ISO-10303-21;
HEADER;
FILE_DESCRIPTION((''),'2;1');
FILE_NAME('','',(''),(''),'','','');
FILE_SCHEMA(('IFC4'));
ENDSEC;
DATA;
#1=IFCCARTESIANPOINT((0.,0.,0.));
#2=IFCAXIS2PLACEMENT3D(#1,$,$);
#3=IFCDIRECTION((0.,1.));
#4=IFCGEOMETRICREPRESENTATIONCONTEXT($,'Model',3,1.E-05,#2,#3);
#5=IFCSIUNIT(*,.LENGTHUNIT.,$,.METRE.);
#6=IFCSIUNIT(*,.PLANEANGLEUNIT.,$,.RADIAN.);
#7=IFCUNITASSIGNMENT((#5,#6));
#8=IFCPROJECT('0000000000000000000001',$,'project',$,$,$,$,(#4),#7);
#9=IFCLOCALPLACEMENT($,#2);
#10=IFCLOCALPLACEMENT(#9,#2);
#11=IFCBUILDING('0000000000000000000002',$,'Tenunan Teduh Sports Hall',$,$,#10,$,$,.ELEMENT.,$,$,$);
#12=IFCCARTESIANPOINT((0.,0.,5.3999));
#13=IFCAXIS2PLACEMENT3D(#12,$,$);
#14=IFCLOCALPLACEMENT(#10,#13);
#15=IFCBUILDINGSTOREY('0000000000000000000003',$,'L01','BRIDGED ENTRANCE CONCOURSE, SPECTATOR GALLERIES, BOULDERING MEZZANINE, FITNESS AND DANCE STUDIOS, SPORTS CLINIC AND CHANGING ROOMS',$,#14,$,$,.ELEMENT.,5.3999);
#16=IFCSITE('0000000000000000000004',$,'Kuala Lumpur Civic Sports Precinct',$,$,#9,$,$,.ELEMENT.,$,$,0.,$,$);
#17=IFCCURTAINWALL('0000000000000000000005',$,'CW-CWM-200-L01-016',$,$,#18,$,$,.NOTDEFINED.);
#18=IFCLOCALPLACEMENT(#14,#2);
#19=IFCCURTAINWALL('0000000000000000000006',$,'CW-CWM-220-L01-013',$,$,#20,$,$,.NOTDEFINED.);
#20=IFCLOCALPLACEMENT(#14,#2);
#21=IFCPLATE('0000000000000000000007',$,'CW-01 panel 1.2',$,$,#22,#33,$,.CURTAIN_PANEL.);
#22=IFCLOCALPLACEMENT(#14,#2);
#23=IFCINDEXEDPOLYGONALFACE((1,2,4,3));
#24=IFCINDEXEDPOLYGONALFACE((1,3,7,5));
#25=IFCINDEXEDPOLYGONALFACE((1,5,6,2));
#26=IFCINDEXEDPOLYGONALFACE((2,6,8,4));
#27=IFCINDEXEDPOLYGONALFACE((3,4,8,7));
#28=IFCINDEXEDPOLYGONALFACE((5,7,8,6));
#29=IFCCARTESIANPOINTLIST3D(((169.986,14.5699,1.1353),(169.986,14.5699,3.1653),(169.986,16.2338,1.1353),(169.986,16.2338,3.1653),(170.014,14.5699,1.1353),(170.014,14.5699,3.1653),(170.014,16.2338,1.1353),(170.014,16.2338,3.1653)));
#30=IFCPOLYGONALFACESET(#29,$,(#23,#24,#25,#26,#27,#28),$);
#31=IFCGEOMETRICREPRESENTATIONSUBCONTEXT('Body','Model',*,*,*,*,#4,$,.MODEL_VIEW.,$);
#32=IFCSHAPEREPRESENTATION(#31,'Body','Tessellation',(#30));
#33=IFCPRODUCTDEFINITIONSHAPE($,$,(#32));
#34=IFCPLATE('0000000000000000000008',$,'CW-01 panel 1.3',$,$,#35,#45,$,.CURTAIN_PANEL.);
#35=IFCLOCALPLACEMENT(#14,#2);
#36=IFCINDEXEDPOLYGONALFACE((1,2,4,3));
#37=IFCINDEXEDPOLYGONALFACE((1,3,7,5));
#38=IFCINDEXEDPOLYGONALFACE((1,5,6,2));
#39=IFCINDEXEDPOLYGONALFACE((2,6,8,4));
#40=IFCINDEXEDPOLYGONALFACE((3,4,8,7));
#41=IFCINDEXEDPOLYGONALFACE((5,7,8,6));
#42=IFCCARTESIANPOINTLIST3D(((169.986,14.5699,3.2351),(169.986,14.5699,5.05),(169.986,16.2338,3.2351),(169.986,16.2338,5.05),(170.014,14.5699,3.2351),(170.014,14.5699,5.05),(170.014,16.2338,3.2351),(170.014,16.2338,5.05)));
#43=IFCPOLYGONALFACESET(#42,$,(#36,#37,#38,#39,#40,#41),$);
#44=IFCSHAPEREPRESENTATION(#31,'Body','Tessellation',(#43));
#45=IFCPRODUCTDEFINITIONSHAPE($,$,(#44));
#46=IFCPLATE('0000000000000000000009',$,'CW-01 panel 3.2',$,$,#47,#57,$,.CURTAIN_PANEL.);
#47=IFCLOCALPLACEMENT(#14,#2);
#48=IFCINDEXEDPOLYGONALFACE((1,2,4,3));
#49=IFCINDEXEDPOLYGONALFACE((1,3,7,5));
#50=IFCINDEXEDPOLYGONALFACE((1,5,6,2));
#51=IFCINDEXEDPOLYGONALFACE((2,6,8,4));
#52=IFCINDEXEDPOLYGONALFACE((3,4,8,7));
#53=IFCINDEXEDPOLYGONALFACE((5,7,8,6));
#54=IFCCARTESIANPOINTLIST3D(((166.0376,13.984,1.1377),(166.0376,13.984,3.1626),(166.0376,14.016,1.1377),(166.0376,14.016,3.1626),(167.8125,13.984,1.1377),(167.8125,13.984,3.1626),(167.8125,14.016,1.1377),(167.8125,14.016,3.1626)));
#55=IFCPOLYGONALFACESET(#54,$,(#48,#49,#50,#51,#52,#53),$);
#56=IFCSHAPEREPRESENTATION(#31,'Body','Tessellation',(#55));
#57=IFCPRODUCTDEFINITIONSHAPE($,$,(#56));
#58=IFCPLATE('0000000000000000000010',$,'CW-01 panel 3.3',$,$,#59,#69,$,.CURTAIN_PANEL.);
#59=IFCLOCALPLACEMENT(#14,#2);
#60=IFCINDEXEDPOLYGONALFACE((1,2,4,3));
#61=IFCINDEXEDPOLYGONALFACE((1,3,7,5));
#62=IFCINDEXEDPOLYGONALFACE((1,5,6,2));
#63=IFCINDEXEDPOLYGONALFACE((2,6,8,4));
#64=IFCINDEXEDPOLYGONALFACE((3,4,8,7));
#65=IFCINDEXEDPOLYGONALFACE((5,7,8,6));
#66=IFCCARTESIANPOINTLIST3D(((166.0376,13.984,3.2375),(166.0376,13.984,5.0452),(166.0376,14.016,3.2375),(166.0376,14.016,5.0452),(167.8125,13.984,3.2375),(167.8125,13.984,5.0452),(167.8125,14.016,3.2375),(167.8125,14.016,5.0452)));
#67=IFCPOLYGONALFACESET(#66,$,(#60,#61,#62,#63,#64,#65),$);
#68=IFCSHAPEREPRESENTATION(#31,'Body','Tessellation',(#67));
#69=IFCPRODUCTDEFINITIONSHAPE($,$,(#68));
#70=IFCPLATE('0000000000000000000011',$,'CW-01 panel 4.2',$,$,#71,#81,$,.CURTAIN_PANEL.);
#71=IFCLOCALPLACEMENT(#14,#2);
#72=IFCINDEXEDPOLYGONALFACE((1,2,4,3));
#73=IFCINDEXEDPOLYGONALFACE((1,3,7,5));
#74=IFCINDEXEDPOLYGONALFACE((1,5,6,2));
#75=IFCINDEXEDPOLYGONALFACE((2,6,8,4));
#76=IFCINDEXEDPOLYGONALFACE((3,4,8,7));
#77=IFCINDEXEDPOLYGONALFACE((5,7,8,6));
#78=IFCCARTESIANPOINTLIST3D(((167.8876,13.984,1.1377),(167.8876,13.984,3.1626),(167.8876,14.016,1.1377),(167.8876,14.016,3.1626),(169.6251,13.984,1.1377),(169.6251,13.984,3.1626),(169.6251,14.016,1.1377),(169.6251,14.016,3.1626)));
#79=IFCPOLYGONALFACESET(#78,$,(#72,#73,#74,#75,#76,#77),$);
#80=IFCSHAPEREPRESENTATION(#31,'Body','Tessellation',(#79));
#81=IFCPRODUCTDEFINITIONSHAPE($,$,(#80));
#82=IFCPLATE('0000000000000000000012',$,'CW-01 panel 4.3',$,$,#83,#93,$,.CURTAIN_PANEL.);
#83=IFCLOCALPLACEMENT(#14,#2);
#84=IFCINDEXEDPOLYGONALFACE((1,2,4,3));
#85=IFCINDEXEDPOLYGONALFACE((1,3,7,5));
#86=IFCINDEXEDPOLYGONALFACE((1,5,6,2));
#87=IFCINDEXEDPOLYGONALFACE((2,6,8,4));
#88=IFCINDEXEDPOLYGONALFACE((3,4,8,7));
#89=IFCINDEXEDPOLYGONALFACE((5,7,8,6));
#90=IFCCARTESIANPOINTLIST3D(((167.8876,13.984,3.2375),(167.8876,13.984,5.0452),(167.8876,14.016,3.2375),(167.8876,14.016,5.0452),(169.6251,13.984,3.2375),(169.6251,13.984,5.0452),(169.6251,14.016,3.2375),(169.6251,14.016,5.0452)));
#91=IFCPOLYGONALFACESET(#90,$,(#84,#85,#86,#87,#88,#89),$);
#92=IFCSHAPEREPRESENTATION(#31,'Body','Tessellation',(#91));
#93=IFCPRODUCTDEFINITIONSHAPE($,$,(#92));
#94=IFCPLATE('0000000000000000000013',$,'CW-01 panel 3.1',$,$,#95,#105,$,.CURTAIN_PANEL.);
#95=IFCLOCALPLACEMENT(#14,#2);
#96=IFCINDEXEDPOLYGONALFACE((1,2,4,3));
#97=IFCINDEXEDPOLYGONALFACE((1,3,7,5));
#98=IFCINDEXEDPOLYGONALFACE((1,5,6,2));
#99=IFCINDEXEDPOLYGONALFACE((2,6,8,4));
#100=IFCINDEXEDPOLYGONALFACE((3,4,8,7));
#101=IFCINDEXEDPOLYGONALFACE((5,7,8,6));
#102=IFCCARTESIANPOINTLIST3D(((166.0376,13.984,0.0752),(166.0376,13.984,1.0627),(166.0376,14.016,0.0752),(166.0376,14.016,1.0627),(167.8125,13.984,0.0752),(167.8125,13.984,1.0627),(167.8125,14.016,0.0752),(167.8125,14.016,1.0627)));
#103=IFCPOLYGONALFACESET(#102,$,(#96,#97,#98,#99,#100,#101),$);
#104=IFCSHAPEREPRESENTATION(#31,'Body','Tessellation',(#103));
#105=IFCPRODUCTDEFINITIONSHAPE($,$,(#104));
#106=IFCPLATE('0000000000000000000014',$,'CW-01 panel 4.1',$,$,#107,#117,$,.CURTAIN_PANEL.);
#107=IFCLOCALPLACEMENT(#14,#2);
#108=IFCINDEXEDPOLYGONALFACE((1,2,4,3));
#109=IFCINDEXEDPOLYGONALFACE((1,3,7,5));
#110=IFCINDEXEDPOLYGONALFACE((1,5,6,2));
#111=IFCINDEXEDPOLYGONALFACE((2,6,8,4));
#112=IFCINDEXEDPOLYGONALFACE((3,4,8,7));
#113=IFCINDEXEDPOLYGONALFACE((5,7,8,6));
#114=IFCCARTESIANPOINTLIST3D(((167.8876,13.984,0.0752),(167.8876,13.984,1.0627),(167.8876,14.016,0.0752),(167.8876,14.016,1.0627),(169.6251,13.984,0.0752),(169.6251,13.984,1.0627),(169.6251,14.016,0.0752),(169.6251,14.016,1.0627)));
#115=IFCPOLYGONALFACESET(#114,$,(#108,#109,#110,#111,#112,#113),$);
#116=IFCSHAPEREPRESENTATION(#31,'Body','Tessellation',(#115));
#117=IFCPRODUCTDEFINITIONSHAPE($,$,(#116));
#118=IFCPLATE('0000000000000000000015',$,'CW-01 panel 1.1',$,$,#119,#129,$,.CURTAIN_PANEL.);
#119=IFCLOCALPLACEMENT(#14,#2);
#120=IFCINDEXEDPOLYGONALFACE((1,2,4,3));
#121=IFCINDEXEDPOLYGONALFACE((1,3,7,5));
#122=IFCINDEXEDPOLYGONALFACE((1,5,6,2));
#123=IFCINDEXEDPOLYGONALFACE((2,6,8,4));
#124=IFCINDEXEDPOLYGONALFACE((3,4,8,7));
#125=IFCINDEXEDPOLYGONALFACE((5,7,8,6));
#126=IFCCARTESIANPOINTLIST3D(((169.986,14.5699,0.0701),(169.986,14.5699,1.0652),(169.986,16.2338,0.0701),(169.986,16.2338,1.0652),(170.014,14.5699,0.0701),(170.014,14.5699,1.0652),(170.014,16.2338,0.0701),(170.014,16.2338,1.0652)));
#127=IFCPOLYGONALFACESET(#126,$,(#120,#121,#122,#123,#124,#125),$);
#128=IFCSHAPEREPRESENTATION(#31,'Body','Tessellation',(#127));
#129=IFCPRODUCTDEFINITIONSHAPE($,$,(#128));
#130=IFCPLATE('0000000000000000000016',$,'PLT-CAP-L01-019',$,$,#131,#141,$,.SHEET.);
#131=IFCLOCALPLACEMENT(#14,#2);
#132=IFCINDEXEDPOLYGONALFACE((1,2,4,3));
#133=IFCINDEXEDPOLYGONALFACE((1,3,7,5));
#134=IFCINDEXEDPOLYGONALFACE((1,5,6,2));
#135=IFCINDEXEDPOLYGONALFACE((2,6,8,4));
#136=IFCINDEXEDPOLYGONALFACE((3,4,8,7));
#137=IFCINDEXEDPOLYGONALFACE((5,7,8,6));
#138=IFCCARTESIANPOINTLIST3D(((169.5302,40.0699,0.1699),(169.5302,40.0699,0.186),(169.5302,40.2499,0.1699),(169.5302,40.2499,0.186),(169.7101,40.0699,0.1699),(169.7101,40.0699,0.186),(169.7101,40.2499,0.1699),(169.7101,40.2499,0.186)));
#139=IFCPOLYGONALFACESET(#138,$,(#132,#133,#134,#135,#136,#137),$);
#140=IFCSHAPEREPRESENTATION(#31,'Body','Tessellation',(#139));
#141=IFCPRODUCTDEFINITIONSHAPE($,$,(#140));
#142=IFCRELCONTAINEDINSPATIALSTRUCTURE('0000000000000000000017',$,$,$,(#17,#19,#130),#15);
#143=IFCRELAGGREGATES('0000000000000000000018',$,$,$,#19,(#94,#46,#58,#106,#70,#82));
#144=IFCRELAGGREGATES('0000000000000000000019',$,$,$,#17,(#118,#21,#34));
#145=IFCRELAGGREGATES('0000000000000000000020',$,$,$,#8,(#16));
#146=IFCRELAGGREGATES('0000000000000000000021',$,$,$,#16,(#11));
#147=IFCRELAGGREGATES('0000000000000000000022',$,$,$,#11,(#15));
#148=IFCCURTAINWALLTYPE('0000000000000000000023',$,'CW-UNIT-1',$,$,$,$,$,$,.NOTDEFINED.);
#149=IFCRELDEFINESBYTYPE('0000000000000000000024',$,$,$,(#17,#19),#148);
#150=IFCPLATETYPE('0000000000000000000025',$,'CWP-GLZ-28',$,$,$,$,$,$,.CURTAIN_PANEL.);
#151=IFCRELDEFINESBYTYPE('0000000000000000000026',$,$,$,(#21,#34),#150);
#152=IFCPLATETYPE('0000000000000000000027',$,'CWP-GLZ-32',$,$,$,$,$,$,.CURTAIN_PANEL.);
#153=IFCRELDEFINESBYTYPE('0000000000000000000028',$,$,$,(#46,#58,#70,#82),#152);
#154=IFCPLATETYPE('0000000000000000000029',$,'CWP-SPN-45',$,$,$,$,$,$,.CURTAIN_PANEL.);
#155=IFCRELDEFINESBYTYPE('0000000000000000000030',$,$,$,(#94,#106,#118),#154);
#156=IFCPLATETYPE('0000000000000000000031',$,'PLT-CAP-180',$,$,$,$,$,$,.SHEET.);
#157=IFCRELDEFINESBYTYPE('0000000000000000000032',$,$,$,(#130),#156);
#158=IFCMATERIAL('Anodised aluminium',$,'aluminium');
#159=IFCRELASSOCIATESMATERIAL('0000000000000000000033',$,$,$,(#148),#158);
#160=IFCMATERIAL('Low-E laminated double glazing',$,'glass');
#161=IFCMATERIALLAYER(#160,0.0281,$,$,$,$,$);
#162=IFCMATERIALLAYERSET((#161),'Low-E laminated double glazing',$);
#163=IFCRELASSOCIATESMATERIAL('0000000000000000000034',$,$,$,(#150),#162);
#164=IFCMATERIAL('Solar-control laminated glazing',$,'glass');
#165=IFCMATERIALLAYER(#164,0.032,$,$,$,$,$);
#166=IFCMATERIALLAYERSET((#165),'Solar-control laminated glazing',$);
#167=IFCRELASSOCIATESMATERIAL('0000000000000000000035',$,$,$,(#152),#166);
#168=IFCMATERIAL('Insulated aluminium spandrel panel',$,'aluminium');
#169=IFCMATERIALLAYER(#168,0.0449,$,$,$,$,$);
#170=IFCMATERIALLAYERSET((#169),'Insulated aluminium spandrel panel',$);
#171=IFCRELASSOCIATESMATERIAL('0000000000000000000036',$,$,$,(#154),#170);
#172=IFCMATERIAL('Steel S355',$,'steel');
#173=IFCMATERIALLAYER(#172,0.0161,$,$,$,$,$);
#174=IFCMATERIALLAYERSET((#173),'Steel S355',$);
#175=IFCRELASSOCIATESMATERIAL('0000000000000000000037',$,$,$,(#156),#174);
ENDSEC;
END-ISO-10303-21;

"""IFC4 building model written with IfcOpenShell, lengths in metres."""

from ifc_helpers import new_model, si_unit, direction, frame, origin, origin_2d, place, context, subcontext, project, spatial, rectangle, extrude, material, layer, layer_set, type_object, element, aggregate, save


model = new_model("IFC4")

# Units and contexts
model_context = context("Model", 3, precision=1e-05, world=origin(), true_north=direction((0.0, 1.0)))
body_context = subcontext(model_context, "Body", "Model", "MODEL_VIEW")
ifc_project = project(units=[si_unit("LENGTHUNIT", "METRE"), si_unit("PLANEANGLEUNIT", "RADIAN")], contexts=[model_context])

# Site, building, storey
site_placement = place(None, origin())
site = spatial("IfcSite", under=ifc_project, at=site_placement, Name="Kuala Lumpur Civic Sports Precinct", CompositionType="ELEMENT", RefElevation=0.0)
building_placement = place(site_placement, origin())
building = spatial("IfcBuilding", under=site, at=building_placement, Name="Tenunan Teduh Sports Hall", CompositionType="ELEMENT")
storey_placement = place(building_placement, frame((0.0, 0.0, 5.3999)))
storey = spatial("IfcBuildingStorey", under=building, at=storey_placement, Name="L01", Description="BRIDGED ENTRANCE CONCOURSE, SPECTATOR GALLERIES, BOULDERING MEZZANINE, FITNESS AND DANCE STUDIOS, SPORTS CLINIC AND CHANGING ROOMS", CompositionType="ELEMENT", Elevation=5.3999)

# Curtain walls
ifc_material_1 = material(Name="Anodised aluminium", Category="aluminium")
curtain_wall_type = type_object("IfcCurtainWallType", Name="CW-UNIT-1", PredefinedType="NOTDEFINED", material=ifc_material_1)
curtain_wall_1_placement = place(storey_placement, origin())
curtain_wall_1 = element("IfcCurtainWall", 1, at=curtain_wall_1_placement, inside=storey, type_object=curtain_wall_type, Name="CW-CWM-200-L01-016", PredefinedType="NOTDEFINED")
curtain_wall_2_placement = place(storey_placement, origin())
curtain_wall_2 = element("IfcCurtainWall", 2, at=curtain_wall_2_placement, inside=storey, type_object=curtain_wall_type, Name="CW-CWM-220-L01-013", PredefinedType="NOTDEFINED")

# Plates
ifc_material_2 = material(Name="Low-E laminated double glazing", Category="glass")
ifc_layer_1 = layer(ifc_material_2, 0.0281)
ifc_layer_set_1 = layer_set([ifc_layer_1], Name="Low-E laminated double glazing")
plate_type_1 = type_object("IfcPlateType", Name="CWP-GLZ-28", PredefinedType="CURTAIN_PANEL", material=ifc_layer_set_1)
plate_1_placement = place(storey_placement, frame((170.0, 15.4019, 1.1353), z_axis=(0.0, 0.0, 1.0), x_axis=(0.0, 1.0, 0.0)))
plate_1 = element("IfcPlate", 3, at=plate_1_placement, type_object=plate_type_1, Name="CW-01 panel 1.2", PredefinedType="CURTAIN_PANEL", context=body_context, shape_type="SweptSolid", body=[
    extrude(rectangle(XDim=1.6638, YDim=0.0281, at=origin_2d()), origin(), (0.0, 0.0, 1.0), 2.03),
])
plate_2_placement = place(storey_placement, frame((170.0, 15.4019, 3.2351), z_axis=(0.0, 0.0, 1.0), x_axis=(0.0, 1.0, 0.0)))
plate_2 = element("IfcPlate", 4, at=plate_2_placement, type_object=plate_type_1, Name="CW-01 panel 1.3", PredefinedType="CURTAIN_PANEL", context=body_context, shape_type="SweptSolid", body=[
    extrude(rectangle(XDim=1.6638, YDim=0.0281, at=origin_2d()), origin(), (0.0, 0.0, 1.0), 1.8149),
])
ifc_material_3 = material(Name="Solar-control laminated glazing", Category="glass")
ifc_layer_2 = layer(ifc_material_3, 0.032)
ifc_layer_set_2 = layer_set([ifc_layer_2], Name="Solar-control laminated glazing")
plate_type_2 = type_object("IfcPlateType", Name="CWP-GLZ-32", PredefinedType="CURTAIN_PANEL", material=ifc_layer_set_2)
plate_3_placement = place(storey_placement, frame((166.925, 14.0, 1.1377), z_axis=(0.0, 0.0, 1.0), x_axis=(1.0, 0.0, 0.0)))
plate_3 = element("IfcPlate", 5, at=plate_3_placement, type_object=plate_type_2, Name="CW-01 panel 3.2", PredefinedType="CURTAIN_PANEL", context=body_context, shape_type="SweptSolid", body=[
    extrude(rectangle(XDim=1.7749, YDim=0.032, at=origin_2d()), origin(), (0.0, 0.0, 1.0), 2.0249),
])
plate_4_placement = place(storey_placement, frame((166.925, 14.0, 3.2375), z_axis=(0.0, 0.0, 1.0), x_axis=(1.0, 0.0, 0.0)))
plate_4 = element("IfcPlate", 6, at=plate_4_placement, type_object=plate_type_2, Name="CW-01 panel 3.3", PredefinedType="CURTAIN_PANEL", context=body_context, shape_type="SweptSolid", body=[
    extrude(rectangle(XDim=1.7749, YDim=0.032, at=origin_2d()), origin(), (0.0, 0.0, 1.0), 1.8076),
])
plate_5_placement = place(storey_placement, frame((168.7563, 14.0, 1.1377), z_axis=(0.0, 0.0, 1.0), x_axis=(1.0, 0.0, 0.0)))
plate_5 = element("IfcPlate", 7, at=plate_5_placement, type_object=plate_type_2, Name="CW-01 panel 4.2", PredefinedType="CURTAIN_PANEL", context=body_context, shape_type="SweptSolid", body=[
    extrude(rectangle(XDim=1.7375, YDim=0.032, at=origin_2d()), origin(), (0.0, 0.0, 1.0), 2.0249),
])
plate_6_placement = place(storey_placement, frame((168.7563, 14.0, 3.2375), z_axis=(0.0, 0.0, 1.0), x_axis=(1.0, 0.0, 0.0)))
plate_6 = element("IfcPlate", 8, at=plate_6_placement, type_object=plate_type_2, Name="CW-01 panel 4.3", PredefinedType="CURTAIN_PANEL", context=body_context, shape_type="SweptSolid", body=[
    extrude(rectangle(XDim=1.7375, YDim=0.032, at=origin_2d()), origin(), (0.0, 0.0, 1.0), 1.8076),
])
ifc_material_4 = material(Name="Insulated aluminium spandrel panel", Category="aluminium")
ifc_layer_3 = layer(ifc_material_4, 0.0449)
ifc_layer_set_3 = layer_set([ifc_layer_3], Name="Insulated aluminium spandrel panel")
plate_type_3 = type_object("IfcPlateType", Name="CWP-SPN-45", PredefinedType="CURTAIN_PANEL", material=ifc_layer_set_3)
plate_7_placement = place(storey_placement, frame((166.925, 14.0, 0.0752), z_axis=(0.0, 0.0, 1.0), x_axis=(1.0, 0.0, 0.0)))
plate_7 = element("IfcPlate", 9, at=plate_7_placement, type_object=plate_type_3, Name="CW-01 panel 3.1", PredefinedType="CURTAIN_PANEL", context=body_context, shape_type="SweptSolid", body=[
    extrude(rectangle(XDim=1.7749, YDim=0.032, at=origin_2d()), origin(), (0.0, 0.0, 1.0), 0.9875),
])
plate_8_placement = place(storey_placement, frame((168.7563, 14.0, 0.0752), z_axis=(0.0, 0.0, 1.0), x_axis=(1.0, 0.0, 0.0)))
plate_8 = element("IfcPlate", 10, at=plate_8_placement, type_object=plate_type_3, Name="CW-01 panel 4.1", PredefinedType="CURTAIN_PANEL", context=body_context, shape_type="SweptSolid", body=[
    extrude(rectangle(XDim=1.7375, YDim=0.032, at=origin_2d()), origin(), (0.0, 0.0, 1.0), 0.9875),
])
aggregate(curtain_wall_2, [plate_7, plate_3, plate_4, plate_8, plate_5, plate_6])
plate_9_placement = place(storey_placement, frame((170.0, 15.4019, 0.0701), z_axis=(0.0, 0.0, 1.0), x_axis=(0.0, 1.0, 0.0)))
plate_9 = element("IfcPlate", 11, at=plate_9_placement, type_object=plate_type_3, Name="CW-01 panel 1.1", PredefinedType="CURTAIN_PANEL", context=body_context, shape_type="SweptSolid", body=[
    extrude(rectangle(XDim=1.6638, YDim=0.0281, at=origin_2d()), origin(), (0.0, 0.0, 1.0), 0.9951),
])
aggregate(curtain_wall_1, [plate_9, plate_1, plate_2])
ifc_material_5 = material(Name="Steel S355", Category="steel")
ifc_layer_4 = layer(ifc_material_5, 0.0161)
ifc_layer_set_4 = layer_set([ifc_layer_4], Name="Steel S355")
plate_type_4 = type_object("IfcPlateType", Name="PLT-CAP-180", PredefinedType="SHEET", material=ifc_layer_set_4)
plate_10_placement = place(storey_placement, frame((169.6201, 40.1599, 0.1699), z_axis=(0.0, 0.0, 1.0), x_axis=(1.0, 0.0, 0.0)))
element("IfcPlate", 12, at=plate_10_placement, inside=storey, type_object=plate_type_4, Name="PLT-CAP-L01-019", PredefinedType="SHEET", context=body_context, shape_type="SweptSolid", body=[
    extrude(rectangle(XDim=0.1799, YDim=0.1799, at=origin_2d()), origin(), (0.0, 0.0, 1.0), 0.0161),
])

save(model, "model.ifc")
